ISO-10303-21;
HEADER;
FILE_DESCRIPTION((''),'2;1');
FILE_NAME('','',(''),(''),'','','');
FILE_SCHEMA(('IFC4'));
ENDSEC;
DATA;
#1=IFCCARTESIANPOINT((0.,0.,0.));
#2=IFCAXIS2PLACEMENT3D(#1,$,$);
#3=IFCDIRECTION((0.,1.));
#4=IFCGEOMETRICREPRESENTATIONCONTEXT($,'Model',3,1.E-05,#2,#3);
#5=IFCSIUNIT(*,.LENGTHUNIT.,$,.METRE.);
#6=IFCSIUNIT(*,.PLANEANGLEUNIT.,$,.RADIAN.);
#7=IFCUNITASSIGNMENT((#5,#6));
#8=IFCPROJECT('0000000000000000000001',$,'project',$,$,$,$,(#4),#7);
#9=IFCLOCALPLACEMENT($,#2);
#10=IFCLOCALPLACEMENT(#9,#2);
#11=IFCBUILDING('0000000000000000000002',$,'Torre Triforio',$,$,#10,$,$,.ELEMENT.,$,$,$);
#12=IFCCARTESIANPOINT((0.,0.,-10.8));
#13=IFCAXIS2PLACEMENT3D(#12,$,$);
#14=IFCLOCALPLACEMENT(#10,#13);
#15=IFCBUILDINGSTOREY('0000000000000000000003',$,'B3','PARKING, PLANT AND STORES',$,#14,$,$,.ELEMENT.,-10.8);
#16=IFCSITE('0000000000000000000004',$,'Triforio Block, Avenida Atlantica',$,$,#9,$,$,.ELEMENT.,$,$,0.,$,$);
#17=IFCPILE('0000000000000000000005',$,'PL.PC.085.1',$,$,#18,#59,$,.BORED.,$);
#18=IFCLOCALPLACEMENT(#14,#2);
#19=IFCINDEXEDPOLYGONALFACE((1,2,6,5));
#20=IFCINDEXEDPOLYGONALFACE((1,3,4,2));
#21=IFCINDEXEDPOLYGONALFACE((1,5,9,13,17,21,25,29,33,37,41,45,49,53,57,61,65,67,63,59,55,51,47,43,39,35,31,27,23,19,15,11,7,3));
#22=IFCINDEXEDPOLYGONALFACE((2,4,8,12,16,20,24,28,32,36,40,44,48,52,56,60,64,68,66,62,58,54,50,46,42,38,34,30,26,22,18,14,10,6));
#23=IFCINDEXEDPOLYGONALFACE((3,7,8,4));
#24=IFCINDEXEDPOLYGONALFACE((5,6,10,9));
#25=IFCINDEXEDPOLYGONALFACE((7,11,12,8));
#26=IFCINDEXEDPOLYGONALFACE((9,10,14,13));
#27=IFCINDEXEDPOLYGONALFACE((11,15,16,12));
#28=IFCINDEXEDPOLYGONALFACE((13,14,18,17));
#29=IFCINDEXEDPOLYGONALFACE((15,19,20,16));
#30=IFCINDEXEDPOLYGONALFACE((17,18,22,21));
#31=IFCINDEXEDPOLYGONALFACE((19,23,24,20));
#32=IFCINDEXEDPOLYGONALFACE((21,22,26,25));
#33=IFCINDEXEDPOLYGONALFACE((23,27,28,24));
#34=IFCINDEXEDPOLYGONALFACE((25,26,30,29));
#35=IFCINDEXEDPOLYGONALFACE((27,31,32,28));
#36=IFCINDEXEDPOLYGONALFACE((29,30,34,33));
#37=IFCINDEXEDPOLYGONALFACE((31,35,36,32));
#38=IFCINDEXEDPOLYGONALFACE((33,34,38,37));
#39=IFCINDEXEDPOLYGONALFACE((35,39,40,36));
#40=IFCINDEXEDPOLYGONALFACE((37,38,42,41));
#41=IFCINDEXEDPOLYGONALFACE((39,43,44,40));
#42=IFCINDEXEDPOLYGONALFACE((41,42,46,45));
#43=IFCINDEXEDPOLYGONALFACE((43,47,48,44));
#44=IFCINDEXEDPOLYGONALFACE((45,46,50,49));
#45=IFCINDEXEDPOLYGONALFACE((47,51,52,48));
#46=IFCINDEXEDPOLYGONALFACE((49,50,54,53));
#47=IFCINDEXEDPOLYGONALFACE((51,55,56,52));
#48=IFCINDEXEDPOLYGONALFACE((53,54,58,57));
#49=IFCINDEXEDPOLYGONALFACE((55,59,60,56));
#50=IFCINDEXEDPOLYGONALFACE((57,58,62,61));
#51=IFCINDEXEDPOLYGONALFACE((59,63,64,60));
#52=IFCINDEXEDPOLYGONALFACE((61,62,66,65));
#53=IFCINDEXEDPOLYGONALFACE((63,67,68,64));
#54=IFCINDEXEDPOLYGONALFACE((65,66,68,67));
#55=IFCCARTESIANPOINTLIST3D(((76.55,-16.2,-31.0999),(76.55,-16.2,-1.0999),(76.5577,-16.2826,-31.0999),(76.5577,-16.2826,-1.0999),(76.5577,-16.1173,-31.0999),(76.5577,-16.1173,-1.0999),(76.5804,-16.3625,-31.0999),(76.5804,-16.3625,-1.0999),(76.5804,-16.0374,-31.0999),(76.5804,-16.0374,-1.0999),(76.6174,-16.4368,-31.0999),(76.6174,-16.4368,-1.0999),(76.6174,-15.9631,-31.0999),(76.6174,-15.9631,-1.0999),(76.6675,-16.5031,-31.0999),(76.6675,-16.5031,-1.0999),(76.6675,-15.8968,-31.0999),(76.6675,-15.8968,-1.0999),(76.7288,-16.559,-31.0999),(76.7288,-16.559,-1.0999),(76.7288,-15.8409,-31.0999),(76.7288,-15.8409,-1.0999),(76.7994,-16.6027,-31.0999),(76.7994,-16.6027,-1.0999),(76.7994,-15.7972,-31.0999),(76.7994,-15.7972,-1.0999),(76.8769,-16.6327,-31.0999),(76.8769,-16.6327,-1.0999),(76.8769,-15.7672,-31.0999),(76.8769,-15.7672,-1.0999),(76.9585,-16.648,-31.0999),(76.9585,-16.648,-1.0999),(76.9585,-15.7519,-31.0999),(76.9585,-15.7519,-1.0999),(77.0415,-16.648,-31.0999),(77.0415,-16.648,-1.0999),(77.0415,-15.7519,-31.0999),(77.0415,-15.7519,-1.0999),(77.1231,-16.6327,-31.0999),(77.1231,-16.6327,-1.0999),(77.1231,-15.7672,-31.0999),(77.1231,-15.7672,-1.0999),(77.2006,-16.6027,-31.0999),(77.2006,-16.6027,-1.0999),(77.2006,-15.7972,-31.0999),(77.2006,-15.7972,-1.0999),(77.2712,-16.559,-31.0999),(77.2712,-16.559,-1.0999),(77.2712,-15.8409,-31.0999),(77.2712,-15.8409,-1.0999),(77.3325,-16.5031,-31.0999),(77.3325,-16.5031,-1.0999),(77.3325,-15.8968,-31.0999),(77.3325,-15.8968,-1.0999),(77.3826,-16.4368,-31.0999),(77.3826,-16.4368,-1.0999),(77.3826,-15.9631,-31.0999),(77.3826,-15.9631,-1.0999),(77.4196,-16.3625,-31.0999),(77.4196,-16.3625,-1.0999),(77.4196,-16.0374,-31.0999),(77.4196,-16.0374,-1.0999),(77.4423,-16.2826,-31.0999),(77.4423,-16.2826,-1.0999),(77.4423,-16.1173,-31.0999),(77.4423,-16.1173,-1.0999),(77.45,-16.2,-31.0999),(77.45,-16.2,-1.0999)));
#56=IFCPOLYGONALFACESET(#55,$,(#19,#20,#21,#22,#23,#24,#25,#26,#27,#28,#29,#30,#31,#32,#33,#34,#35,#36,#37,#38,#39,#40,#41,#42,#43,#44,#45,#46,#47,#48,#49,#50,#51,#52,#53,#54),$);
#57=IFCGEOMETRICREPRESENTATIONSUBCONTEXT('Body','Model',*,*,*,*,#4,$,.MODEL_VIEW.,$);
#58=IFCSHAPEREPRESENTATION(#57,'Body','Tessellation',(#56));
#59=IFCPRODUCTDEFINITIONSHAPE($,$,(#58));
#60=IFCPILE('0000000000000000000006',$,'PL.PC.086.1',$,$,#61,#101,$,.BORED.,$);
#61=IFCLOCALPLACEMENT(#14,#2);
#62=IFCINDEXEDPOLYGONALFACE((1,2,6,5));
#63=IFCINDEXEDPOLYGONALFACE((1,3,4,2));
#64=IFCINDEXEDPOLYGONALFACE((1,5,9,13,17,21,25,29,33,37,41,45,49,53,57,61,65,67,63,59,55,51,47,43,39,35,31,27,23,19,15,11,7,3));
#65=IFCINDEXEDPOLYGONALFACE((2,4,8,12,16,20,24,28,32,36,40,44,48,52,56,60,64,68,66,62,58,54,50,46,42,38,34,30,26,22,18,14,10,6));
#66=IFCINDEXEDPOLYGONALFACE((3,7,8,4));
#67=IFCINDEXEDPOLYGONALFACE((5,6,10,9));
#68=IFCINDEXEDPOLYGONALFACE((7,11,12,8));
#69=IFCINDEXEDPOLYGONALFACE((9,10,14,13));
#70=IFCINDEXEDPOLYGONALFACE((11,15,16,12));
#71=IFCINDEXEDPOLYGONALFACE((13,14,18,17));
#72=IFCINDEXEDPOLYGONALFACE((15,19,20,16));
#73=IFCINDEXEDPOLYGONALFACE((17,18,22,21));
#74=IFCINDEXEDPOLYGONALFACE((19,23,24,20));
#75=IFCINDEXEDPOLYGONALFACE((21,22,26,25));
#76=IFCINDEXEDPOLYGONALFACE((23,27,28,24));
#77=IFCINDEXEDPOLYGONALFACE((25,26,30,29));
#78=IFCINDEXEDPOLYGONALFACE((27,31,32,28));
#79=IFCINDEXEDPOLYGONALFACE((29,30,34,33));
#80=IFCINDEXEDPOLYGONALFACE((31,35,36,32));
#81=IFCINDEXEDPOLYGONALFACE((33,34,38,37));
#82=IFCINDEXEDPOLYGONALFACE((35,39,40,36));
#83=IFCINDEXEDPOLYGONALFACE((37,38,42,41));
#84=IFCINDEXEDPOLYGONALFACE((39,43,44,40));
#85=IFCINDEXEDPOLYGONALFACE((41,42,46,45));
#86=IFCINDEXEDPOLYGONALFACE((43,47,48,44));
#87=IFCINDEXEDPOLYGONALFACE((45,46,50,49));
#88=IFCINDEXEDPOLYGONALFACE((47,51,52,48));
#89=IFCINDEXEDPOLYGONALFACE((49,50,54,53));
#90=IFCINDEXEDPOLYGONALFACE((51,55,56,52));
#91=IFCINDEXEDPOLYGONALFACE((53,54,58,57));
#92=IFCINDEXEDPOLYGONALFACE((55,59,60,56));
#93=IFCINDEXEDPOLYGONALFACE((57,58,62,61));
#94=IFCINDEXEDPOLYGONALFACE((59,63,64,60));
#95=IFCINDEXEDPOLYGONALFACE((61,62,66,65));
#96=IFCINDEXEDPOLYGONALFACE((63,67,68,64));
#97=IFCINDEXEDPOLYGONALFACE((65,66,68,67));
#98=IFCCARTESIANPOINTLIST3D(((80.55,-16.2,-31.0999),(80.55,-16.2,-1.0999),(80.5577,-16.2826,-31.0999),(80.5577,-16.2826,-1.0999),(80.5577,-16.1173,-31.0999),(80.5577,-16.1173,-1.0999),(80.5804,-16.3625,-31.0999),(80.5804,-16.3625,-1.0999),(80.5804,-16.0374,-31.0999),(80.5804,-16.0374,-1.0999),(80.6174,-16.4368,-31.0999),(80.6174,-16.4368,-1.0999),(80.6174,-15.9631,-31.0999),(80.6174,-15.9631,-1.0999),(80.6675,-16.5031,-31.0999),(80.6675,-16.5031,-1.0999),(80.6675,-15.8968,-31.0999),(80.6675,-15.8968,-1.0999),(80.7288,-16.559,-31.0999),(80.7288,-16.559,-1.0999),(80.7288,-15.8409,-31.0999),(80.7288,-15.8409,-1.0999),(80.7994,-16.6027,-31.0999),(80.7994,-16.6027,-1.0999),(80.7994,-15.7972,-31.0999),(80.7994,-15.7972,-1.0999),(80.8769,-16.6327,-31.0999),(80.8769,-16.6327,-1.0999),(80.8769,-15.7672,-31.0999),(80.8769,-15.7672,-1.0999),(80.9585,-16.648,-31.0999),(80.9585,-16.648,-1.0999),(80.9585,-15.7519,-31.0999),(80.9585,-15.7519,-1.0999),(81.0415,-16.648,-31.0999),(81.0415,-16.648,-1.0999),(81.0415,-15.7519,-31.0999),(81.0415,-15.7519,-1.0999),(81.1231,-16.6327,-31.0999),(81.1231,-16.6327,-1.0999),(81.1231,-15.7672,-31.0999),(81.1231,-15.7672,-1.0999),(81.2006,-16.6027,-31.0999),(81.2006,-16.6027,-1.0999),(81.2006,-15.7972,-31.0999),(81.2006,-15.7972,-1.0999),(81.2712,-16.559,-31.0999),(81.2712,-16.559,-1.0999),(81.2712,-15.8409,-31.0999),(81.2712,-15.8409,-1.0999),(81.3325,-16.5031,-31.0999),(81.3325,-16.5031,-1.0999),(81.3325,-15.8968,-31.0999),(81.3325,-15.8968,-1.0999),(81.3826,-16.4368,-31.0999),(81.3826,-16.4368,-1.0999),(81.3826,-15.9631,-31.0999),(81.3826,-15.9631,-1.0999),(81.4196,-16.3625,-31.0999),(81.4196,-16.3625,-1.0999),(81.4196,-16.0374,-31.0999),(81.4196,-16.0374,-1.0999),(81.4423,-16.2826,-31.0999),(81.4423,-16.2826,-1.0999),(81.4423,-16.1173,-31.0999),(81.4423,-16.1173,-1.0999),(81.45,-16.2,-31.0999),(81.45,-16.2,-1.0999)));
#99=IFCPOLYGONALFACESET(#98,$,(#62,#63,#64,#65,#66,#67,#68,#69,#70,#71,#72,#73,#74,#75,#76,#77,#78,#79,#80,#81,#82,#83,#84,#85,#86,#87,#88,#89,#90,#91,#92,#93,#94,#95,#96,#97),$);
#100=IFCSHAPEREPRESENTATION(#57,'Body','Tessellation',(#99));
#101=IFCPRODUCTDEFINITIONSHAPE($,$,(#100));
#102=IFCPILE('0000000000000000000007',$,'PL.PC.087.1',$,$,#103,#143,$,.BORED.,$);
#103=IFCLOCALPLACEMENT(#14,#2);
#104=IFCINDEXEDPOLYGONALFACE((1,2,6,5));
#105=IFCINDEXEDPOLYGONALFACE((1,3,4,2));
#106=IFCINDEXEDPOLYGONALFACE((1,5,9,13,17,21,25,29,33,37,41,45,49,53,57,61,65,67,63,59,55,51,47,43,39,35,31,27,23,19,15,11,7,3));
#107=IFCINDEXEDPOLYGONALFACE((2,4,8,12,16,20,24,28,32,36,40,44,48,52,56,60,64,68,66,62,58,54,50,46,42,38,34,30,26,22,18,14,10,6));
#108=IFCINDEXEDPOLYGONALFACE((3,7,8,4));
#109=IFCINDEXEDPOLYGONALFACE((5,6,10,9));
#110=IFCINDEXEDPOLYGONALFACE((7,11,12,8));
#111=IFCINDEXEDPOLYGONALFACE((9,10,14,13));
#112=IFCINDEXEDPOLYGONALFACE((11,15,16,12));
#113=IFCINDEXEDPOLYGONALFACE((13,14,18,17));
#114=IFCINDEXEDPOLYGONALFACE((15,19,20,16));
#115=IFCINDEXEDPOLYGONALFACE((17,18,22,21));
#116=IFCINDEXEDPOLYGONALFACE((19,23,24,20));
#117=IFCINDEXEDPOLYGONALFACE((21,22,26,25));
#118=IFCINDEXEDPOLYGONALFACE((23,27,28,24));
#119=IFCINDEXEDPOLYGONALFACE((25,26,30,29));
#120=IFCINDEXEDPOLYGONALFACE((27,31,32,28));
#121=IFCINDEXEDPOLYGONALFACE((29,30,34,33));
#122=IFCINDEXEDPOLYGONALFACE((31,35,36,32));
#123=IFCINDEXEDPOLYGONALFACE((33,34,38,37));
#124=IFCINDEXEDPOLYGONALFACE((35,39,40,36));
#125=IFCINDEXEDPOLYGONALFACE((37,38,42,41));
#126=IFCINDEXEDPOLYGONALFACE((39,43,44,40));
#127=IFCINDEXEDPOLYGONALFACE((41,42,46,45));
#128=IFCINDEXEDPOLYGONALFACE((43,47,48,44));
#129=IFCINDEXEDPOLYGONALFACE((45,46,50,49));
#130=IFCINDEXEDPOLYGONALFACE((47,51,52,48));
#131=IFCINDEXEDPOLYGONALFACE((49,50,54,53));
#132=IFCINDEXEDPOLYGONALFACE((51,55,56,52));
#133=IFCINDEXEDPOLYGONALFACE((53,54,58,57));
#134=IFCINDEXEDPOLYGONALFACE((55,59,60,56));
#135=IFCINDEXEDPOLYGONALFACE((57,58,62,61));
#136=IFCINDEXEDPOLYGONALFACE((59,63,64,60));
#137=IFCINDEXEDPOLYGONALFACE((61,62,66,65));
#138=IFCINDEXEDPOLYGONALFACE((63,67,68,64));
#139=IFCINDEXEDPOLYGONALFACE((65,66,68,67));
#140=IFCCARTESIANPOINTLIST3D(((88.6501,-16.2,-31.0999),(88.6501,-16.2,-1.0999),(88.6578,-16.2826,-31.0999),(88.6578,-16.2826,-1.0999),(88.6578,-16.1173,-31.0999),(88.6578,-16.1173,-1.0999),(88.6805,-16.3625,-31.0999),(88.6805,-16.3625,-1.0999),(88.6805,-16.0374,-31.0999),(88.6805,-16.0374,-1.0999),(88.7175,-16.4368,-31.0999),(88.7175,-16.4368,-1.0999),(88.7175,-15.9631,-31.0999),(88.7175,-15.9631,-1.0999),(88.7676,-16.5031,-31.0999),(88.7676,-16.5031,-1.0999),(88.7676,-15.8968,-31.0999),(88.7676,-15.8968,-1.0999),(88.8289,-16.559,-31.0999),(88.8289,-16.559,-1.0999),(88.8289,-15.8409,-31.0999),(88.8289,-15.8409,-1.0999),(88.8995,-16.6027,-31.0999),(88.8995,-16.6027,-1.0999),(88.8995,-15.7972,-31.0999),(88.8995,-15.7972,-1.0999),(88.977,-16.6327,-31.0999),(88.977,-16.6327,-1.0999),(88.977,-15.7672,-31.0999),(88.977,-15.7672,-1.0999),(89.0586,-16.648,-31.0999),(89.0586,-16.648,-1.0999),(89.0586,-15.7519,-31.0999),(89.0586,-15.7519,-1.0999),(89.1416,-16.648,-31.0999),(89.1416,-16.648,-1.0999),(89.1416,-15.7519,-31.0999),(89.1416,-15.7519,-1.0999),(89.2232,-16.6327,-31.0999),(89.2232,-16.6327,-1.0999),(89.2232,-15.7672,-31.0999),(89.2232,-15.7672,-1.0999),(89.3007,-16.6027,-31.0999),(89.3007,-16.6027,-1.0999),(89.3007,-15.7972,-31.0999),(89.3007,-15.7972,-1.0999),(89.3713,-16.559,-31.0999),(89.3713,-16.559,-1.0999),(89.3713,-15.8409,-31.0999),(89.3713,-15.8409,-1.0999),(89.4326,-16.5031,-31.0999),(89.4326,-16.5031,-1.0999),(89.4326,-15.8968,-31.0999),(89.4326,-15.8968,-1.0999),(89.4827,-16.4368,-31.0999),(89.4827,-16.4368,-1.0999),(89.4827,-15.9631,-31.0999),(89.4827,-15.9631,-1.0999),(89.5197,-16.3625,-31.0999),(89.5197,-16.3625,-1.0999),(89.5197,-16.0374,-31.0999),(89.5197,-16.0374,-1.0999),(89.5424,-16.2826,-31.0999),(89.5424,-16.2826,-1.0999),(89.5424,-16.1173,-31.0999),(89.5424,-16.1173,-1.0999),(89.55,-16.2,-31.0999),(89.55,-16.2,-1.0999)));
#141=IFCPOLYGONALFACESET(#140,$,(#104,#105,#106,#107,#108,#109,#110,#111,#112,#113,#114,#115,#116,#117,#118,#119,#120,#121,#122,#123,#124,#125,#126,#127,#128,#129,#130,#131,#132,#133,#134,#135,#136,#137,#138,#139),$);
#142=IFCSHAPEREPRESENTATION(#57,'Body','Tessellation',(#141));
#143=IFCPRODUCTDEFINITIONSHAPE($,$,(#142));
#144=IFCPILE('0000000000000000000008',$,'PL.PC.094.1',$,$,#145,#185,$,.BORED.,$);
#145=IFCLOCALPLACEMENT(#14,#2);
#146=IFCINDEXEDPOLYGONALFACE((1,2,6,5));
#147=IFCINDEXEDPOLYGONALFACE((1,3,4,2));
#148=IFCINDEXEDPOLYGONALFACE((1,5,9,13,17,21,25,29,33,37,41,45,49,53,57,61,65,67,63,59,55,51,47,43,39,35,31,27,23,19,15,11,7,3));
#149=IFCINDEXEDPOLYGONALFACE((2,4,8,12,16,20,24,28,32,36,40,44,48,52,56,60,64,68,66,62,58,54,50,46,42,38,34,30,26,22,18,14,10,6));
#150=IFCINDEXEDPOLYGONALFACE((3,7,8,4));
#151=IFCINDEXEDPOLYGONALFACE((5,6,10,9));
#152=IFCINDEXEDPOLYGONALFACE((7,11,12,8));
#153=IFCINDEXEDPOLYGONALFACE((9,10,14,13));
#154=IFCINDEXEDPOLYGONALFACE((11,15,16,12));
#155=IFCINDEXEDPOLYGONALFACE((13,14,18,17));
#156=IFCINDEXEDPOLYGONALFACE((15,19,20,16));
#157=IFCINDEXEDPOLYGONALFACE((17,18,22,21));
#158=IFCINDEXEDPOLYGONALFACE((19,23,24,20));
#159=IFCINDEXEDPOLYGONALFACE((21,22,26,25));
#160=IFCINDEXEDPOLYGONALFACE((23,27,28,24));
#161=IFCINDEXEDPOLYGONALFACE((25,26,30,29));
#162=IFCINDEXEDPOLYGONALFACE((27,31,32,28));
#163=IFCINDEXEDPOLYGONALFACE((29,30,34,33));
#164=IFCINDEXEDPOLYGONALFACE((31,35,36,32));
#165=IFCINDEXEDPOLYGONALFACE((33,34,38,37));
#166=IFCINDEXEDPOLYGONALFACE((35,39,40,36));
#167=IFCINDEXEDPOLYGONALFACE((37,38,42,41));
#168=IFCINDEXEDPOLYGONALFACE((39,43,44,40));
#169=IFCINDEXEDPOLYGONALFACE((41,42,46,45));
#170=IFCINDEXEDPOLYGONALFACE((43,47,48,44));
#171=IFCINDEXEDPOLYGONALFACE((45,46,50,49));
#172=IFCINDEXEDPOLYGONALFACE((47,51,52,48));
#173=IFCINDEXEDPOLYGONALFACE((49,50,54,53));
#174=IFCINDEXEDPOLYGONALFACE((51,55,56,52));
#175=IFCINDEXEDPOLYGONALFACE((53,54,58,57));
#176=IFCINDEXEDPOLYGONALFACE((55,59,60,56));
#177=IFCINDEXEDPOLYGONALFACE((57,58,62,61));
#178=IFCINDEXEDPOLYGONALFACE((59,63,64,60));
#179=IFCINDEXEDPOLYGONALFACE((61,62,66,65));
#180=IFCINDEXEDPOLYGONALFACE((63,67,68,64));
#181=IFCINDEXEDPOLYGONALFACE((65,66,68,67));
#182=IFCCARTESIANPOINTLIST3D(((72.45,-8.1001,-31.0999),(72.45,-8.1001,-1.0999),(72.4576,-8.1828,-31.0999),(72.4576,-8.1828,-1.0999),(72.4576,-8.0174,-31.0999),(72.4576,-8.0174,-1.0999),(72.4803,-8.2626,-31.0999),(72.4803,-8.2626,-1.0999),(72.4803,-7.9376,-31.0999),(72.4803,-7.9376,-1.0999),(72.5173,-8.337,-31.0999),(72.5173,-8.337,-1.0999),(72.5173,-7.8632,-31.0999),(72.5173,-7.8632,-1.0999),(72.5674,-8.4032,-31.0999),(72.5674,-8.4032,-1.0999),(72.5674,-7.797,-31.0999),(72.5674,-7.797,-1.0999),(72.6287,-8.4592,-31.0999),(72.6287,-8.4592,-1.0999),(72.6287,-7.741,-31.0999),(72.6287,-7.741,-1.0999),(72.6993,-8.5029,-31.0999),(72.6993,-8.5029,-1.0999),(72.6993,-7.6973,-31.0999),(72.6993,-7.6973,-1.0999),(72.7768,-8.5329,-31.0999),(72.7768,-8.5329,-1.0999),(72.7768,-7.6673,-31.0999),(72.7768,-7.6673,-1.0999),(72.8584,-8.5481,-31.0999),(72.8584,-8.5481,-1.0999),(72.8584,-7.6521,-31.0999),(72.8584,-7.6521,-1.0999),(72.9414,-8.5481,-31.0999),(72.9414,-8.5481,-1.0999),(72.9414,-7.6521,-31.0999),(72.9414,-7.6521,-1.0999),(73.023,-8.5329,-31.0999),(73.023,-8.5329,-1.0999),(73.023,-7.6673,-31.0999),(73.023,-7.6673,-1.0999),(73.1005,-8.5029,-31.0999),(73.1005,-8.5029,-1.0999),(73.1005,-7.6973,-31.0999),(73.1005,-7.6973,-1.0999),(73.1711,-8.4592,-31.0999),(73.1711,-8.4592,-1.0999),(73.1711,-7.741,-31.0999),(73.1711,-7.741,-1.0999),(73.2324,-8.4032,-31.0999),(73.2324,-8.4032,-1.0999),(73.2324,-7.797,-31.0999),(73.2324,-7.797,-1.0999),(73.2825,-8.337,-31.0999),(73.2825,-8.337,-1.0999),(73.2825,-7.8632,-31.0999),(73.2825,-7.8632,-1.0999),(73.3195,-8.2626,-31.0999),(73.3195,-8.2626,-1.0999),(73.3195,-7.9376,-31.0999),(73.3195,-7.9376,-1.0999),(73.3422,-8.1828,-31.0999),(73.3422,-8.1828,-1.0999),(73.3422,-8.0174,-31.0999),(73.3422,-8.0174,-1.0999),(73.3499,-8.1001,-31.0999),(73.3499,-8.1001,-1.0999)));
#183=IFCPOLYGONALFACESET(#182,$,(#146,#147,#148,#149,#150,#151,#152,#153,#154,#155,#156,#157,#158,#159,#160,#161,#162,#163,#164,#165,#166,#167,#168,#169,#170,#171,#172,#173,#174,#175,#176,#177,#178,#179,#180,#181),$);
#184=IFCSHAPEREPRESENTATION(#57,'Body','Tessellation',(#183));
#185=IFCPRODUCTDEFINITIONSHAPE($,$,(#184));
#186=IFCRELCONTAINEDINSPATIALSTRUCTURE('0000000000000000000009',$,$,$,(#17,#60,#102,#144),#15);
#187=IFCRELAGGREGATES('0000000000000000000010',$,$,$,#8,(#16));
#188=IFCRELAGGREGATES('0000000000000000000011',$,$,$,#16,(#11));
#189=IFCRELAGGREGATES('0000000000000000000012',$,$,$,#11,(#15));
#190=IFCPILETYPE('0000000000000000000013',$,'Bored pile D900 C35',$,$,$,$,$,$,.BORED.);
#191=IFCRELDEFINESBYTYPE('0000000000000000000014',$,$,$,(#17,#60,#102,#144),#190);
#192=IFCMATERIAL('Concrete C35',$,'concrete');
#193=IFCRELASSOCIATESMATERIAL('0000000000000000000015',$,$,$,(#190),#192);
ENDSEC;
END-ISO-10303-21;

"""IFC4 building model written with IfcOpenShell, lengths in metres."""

from ifc_helpers import new_model, si_unit, direction, frame, origin, origin_2d, place, context, subcontext, project, spatial, circle, extrude, material, material_profile, profile_set, type_object, element, save


model = new_model("IFC4")

# Units and contexts
model_context = context("Model", 3, precision=1e-05, world=origin(), true_north=direction((0.0, 1.0)))
body_context = subcontext(model_context, "Body", "Model", "MODEL_VIEW")
ifc_project = project(units=[si_unit("LENGTHUNIT", "METRE"), si_unit("PLANEANGLEUNIT", "RADIAN")], contexts=[model_context])

# Site, building, storey
site_placement = place(None, origin())
site = spatial("IfcSite", under=ifc_project, at=site_placement, Name="Triforio Block, Avenida Atlantica", CompositionType="ELEMENT", RefElevation=0.0)
building_placement = place(site_placement, origin())
building = spatial("IfcBuilding", under=site, at=building_placement, Name="Torre Triforio", CompositionType="ELEMENT")
storey_placement = place(building_placement, frame((0.0, 0.0, -10.8)))
storey = spatial("IfcBuildingStorey", under=building, at=storey_placement, Name="B3", Description="PARKING, PLANT AND STORES", CompositionType="ELEMENT", Elevation=-10.8)

# Piles
ifc_material_1 = material(Name="Concrete C35", Category="concrete")
ifc_material_profile_1 = material_profile(ifc_material_1, circle(Radius=0.45, at=origin_2d()), Name="RC D900")
ifc_profile_set_1 = profile_set([ifc_material_profile_1], Name="Concrete C35")
pile_type = type_object("IfcPileType", Name="Bored pile D900 C35", PredefinedType="BORED", material=ifc_profile_set_1)
for number, where, z_axis, x_axis, name in (
    (1, (77.0, -16.2, -1.0999), (0.0, 0.0, -1.0), (1.0, 0.0, 0.0), "PL.PC.085.1"),
    (2, (81.0, -16.2, -1.0999), (0.0, 0.0, -1.0), (1.0, 0.0, 0.0), "PL.PC.086.1"),
    (3, (89.1001, -16.2, -1.0999), (0.0, 0.0, -1.0), (1.0, 0.0, 0.0), "PL.PC.087.1"),
    (4, (72.8999, -8.1001, -1.0999), (0.0, 0.0, -1.0), (1.0, 0.0, 0.0), "PL.PC.094.1"),
):
    element("IfcPile", number, at=place(storey_placement, frame(where, z_axis=z_axis, x_axis=x_axis)), inside=storey, type_object=pile_type, Name=name, PredefinedType="BORED", context=body_context, shape_type="SweptSolid", body=[
        extrude(circle(Radius=0.45, at=origin_2d()), origin(), (0.0, 0.0, 1.0), 30.0),
    ])

save(model, "model.ifc")
